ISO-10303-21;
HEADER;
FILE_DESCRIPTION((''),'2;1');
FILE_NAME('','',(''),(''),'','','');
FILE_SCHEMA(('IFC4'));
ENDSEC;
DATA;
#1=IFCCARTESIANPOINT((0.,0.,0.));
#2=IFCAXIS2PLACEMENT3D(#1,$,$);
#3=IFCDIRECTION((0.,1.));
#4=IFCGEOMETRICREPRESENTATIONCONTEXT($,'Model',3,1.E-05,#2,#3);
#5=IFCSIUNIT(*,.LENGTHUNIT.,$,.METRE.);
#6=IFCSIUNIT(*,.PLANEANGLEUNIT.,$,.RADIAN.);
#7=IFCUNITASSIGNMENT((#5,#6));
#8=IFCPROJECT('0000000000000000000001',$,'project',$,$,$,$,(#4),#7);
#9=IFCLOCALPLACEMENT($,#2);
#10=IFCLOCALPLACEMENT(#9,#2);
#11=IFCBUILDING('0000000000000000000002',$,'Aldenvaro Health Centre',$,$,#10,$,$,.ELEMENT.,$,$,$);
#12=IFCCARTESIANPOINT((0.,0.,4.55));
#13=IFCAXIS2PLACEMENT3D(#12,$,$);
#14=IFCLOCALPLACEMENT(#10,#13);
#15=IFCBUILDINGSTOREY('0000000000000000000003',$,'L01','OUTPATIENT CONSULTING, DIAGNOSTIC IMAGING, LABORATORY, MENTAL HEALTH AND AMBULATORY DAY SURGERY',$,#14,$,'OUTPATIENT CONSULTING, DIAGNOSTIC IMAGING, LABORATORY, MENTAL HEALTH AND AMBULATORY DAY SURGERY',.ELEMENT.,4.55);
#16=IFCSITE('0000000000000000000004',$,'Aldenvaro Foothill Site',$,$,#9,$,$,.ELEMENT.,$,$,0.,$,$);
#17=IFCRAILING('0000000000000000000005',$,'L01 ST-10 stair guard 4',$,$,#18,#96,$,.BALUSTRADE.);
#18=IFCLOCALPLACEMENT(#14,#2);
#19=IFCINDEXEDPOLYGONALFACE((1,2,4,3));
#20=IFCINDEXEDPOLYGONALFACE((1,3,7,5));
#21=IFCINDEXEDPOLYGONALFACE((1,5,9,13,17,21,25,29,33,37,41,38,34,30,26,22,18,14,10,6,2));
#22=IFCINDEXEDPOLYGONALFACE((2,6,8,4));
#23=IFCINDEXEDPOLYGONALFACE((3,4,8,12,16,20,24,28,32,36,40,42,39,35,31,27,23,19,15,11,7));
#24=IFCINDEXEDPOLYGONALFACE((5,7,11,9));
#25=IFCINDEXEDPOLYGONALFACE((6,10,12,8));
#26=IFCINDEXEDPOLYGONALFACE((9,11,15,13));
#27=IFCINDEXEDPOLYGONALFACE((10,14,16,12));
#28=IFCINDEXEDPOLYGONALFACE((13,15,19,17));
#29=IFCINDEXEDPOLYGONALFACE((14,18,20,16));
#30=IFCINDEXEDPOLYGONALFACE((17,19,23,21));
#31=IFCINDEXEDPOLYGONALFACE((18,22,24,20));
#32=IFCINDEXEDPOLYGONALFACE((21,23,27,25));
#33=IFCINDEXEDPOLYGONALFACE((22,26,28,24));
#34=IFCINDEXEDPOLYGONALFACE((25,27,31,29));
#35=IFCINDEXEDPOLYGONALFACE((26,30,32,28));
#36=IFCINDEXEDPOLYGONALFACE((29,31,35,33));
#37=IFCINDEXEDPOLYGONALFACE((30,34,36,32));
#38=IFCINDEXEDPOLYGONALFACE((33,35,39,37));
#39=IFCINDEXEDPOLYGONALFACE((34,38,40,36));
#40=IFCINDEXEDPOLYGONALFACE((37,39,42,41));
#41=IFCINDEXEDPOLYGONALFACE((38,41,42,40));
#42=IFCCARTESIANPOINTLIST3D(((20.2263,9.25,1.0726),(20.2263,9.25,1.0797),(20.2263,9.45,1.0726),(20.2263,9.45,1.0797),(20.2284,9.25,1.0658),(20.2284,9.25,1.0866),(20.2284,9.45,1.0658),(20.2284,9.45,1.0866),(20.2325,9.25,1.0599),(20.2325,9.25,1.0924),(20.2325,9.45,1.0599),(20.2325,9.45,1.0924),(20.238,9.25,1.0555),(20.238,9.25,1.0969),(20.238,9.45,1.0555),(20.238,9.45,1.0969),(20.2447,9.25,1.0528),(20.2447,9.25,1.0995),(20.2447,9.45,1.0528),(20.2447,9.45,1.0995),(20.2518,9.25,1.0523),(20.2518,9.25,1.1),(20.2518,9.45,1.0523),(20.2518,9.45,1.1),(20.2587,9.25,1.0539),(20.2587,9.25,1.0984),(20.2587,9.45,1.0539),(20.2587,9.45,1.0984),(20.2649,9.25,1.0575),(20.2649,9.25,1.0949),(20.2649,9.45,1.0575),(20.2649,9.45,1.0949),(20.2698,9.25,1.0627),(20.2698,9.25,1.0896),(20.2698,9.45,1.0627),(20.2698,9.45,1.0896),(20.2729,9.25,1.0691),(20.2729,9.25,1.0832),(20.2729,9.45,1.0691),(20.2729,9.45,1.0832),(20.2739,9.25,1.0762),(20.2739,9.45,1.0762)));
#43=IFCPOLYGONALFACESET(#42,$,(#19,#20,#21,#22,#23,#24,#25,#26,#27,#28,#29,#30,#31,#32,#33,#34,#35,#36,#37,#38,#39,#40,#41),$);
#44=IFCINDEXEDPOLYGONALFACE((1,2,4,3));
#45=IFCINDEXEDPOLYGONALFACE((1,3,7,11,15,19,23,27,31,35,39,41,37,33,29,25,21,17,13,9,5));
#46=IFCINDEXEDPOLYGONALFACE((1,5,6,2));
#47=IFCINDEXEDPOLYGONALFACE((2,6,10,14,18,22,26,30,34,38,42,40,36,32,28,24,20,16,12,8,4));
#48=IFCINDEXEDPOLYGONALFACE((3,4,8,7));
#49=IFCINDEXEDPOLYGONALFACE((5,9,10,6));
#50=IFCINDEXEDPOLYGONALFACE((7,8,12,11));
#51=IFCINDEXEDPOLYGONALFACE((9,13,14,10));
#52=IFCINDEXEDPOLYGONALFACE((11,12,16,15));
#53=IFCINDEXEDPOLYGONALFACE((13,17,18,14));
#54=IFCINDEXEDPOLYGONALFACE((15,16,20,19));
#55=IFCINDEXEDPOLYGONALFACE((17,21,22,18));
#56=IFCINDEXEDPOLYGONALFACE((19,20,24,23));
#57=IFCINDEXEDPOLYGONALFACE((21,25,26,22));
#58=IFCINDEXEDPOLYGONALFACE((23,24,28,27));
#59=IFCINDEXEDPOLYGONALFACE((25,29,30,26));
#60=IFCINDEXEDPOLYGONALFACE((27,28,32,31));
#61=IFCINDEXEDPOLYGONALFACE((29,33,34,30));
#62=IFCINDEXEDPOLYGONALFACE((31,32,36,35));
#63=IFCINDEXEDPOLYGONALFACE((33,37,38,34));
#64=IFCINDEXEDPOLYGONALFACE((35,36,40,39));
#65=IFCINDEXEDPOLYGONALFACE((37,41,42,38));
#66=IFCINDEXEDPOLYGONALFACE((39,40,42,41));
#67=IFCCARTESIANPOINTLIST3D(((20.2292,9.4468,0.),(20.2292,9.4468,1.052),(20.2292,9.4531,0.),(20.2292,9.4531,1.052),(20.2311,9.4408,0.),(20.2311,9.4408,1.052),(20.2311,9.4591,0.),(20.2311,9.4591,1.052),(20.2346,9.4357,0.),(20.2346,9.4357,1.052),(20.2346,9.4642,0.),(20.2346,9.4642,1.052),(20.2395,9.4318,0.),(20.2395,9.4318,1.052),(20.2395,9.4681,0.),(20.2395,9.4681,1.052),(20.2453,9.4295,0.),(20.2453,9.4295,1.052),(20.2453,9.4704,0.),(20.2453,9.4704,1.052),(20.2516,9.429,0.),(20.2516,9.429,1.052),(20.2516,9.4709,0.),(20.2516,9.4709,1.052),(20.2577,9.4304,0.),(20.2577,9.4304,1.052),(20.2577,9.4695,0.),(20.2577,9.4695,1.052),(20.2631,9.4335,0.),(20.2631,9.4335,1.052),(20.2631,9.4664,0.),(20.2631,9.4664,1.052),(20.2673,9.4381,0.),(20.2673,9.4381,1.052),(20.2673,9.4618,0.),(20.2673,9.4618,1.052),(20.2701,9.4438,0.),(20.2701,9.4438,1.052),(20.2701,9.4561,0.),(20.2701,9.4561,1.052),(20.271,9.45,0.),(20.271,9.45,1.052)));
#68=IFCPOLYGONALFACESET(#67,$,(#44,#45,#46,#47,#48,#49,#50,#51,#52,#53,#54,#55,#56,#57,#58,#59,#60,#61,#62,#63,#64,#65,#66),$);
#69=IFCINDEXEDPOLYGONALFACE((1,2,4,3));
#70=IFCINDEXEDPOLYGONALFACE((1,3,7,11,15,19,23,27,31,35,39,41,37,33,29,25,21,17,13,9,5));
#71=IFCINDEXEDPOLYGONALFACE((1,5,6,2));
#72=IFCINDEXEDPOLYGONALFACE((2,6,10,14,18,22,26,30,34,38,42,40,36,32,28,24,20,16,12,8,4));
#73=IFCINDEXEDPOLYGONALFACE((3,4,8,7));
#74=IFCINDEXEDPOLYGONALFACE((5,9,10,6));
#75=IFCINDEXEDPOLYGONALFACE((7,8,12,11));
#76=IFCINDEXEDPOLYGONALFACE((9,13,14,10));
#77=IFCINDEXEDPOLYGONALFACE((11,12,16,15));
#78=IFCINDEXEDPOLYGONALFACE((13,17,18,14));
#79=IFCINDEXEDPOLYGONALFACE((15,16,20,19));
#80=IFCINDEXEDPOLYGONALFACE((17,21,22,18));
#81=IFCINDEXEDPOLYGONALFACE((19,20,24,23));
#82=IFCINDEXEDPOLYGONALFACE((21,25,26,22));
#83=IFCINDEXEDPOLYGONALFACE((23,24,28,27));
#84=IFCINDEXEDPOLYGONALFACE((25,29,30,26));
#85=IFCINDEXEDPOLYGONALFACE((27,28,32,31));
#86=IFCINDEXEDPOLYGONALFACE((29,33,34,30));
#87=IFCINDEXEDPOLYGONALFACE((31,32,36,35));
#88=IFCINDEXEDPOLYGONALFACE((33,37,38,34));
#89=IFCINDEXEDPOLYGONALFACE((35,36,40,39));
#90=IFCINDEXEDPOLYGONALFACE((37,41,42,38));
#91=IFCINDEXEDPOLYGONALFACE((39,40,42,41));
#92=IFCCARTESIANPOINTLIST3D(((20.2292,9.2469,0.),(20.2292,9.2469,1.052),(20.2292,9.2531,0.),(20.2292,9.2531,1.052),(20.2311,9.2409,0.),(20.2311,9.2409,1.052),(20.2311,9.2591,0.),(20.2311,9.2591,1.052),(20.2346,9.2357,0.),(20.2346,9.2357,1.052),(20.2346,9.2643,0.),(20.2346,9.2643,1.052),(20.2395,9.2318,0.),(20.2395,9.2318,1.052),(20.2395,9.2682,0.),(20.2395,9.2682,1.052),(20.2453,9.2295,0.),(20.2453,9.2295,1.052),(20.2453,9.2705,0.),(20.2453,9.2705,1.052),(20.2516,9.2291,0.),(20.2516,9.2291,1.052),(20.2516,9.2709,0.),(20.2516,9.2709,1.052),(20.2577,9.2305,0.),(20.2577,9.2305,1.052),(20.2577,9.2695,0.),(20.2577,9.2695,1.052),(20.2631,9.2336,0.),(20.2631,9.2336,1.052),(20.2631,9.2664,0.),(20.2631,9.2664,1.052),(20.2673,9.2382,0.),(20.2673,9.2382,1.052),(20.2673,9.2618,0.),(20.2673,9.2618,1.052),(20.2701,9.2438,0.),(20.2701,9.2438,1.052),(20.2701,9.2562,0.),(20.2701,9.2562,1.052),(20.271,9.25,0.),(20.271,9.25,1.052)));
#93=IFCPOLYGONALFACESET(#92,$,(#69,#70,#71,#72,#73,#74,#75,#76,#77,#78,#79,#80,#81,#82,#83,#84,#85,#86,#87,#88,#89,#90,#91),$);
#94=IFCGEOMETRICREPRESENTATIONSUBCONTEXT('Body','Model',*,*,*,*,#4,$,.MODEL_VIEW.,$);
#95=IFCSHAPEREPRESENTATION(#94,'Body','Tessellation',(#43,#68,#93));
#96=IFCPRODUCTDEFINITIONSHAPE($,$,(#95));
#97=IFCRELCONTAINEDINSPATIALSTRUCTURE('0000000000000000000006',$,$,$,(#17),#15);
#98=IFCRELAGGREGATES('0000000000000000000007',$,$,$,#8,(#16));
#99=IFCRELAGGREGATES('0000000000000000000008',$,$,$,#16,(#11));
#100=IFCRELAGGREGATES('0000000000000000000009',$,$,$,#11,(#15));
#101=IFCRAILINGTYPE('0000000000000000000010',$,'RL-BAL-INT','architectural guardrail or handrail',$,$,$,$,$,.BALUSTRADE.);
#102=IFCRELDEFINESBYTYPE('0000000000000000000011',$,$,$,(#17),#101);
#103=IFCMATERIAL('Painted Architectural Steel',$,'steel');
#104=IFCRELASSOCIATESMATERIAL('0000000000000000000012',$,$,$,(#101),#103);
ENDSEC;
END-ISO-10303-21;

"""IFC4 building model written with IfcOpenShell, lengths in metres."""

from ifc_helpers import new_model, si_unit, direction, frame, origin, origin_2d, place, context, subcontext, project, spatial, circle, extrude, material, type_object, element, save


model = new_model("IFC4")

# Units and contexts
model_context = context("Model", 3, precision=1e-05, world=origin(), true_north=direction((0.0, 1.0)))
body_context = subcontext(model_context, "Body", "Model", "MODEL_VIEW")
ifc_project = project(units=[si_unit("LENGTHUNIT", "METRE"), si_unit("PLANEANGLEUNIT", "RADIAN")], contexts=[model_context])

# Site, building, storey
site_placement = place(None, origin())
site = spatial("IfcSite", under=ifc_project, at=site_placement, Name="Aldenvaro Foothill Site", CompositionType="ELEMENT", RefElevation=0.0)
building_placement = place(site_placement, origin())
building = spatial("IfcBuilding", under=site, at=building_placement, Name="Aldenvaro Health Centre", CompositionType="ELEMENT")
storey_placement = place(building_placement, frame((0.0, 0.0, 4.55)))
storey = spatial("IfcBuildingStorey", under=building, at=storey_placement, Name="L01", Description="OUTPATIENT CONSULTING, DIAGNOSTIC IMAGING, LABORATORY, MENTAL HEALTH AND AMBULATORY DAY SURGERY", LongName="OUTPATIENT CONSULTING, DIAGNOSTIC IMAGING, LABORATORY, MENTAL HEALTH AND AMBULATORY DAY SURGERY", CompositionType="ELEMENT", Elevation=4.55)

# Railing
ifc_material_1 = material(Name="Painted Architectural Steel", Category="steel")
railing_type_1 = type_object("IfcRailingType", Name="RL-BAL-INT", Description="architectural guardrail or handrail", PredefinedType="BALUSTRADE", material=ifc_material_1)
railing_1_placement = place(storey_placement, frame((20.25, 9.45, 0.0)))
element("IfcRailing", 1, at=railing_1_placement, inside=storey, type_object=railing_type_1, Name="L01 ST-10 stair guard 4", PredefinedType="BALUSTRADE", context=body_context, shape_type="SweptSolid", body=[
    extrude(circle(Radius=0.0239, at=origin_2d()), frame((0.0, 0.0, 1.0762), z_axis=(0.0, -1.0, 0.0), x_axis=(1.0, 0.0, 0.0)), (0.0, 0.0, 1.0), 0.2),
    extrude(circle(Radius=0.021, at=origin_2d()), origin(), (0.0, 0.0, 1.0), 1.052),
    extrude(circle(Radius=0.021, at=origin_2d()), frame((0.0, -0.2, 0.0)), (0.0, 0.0, 1.0), 1.052),
])

save(model, "model.ifc")
